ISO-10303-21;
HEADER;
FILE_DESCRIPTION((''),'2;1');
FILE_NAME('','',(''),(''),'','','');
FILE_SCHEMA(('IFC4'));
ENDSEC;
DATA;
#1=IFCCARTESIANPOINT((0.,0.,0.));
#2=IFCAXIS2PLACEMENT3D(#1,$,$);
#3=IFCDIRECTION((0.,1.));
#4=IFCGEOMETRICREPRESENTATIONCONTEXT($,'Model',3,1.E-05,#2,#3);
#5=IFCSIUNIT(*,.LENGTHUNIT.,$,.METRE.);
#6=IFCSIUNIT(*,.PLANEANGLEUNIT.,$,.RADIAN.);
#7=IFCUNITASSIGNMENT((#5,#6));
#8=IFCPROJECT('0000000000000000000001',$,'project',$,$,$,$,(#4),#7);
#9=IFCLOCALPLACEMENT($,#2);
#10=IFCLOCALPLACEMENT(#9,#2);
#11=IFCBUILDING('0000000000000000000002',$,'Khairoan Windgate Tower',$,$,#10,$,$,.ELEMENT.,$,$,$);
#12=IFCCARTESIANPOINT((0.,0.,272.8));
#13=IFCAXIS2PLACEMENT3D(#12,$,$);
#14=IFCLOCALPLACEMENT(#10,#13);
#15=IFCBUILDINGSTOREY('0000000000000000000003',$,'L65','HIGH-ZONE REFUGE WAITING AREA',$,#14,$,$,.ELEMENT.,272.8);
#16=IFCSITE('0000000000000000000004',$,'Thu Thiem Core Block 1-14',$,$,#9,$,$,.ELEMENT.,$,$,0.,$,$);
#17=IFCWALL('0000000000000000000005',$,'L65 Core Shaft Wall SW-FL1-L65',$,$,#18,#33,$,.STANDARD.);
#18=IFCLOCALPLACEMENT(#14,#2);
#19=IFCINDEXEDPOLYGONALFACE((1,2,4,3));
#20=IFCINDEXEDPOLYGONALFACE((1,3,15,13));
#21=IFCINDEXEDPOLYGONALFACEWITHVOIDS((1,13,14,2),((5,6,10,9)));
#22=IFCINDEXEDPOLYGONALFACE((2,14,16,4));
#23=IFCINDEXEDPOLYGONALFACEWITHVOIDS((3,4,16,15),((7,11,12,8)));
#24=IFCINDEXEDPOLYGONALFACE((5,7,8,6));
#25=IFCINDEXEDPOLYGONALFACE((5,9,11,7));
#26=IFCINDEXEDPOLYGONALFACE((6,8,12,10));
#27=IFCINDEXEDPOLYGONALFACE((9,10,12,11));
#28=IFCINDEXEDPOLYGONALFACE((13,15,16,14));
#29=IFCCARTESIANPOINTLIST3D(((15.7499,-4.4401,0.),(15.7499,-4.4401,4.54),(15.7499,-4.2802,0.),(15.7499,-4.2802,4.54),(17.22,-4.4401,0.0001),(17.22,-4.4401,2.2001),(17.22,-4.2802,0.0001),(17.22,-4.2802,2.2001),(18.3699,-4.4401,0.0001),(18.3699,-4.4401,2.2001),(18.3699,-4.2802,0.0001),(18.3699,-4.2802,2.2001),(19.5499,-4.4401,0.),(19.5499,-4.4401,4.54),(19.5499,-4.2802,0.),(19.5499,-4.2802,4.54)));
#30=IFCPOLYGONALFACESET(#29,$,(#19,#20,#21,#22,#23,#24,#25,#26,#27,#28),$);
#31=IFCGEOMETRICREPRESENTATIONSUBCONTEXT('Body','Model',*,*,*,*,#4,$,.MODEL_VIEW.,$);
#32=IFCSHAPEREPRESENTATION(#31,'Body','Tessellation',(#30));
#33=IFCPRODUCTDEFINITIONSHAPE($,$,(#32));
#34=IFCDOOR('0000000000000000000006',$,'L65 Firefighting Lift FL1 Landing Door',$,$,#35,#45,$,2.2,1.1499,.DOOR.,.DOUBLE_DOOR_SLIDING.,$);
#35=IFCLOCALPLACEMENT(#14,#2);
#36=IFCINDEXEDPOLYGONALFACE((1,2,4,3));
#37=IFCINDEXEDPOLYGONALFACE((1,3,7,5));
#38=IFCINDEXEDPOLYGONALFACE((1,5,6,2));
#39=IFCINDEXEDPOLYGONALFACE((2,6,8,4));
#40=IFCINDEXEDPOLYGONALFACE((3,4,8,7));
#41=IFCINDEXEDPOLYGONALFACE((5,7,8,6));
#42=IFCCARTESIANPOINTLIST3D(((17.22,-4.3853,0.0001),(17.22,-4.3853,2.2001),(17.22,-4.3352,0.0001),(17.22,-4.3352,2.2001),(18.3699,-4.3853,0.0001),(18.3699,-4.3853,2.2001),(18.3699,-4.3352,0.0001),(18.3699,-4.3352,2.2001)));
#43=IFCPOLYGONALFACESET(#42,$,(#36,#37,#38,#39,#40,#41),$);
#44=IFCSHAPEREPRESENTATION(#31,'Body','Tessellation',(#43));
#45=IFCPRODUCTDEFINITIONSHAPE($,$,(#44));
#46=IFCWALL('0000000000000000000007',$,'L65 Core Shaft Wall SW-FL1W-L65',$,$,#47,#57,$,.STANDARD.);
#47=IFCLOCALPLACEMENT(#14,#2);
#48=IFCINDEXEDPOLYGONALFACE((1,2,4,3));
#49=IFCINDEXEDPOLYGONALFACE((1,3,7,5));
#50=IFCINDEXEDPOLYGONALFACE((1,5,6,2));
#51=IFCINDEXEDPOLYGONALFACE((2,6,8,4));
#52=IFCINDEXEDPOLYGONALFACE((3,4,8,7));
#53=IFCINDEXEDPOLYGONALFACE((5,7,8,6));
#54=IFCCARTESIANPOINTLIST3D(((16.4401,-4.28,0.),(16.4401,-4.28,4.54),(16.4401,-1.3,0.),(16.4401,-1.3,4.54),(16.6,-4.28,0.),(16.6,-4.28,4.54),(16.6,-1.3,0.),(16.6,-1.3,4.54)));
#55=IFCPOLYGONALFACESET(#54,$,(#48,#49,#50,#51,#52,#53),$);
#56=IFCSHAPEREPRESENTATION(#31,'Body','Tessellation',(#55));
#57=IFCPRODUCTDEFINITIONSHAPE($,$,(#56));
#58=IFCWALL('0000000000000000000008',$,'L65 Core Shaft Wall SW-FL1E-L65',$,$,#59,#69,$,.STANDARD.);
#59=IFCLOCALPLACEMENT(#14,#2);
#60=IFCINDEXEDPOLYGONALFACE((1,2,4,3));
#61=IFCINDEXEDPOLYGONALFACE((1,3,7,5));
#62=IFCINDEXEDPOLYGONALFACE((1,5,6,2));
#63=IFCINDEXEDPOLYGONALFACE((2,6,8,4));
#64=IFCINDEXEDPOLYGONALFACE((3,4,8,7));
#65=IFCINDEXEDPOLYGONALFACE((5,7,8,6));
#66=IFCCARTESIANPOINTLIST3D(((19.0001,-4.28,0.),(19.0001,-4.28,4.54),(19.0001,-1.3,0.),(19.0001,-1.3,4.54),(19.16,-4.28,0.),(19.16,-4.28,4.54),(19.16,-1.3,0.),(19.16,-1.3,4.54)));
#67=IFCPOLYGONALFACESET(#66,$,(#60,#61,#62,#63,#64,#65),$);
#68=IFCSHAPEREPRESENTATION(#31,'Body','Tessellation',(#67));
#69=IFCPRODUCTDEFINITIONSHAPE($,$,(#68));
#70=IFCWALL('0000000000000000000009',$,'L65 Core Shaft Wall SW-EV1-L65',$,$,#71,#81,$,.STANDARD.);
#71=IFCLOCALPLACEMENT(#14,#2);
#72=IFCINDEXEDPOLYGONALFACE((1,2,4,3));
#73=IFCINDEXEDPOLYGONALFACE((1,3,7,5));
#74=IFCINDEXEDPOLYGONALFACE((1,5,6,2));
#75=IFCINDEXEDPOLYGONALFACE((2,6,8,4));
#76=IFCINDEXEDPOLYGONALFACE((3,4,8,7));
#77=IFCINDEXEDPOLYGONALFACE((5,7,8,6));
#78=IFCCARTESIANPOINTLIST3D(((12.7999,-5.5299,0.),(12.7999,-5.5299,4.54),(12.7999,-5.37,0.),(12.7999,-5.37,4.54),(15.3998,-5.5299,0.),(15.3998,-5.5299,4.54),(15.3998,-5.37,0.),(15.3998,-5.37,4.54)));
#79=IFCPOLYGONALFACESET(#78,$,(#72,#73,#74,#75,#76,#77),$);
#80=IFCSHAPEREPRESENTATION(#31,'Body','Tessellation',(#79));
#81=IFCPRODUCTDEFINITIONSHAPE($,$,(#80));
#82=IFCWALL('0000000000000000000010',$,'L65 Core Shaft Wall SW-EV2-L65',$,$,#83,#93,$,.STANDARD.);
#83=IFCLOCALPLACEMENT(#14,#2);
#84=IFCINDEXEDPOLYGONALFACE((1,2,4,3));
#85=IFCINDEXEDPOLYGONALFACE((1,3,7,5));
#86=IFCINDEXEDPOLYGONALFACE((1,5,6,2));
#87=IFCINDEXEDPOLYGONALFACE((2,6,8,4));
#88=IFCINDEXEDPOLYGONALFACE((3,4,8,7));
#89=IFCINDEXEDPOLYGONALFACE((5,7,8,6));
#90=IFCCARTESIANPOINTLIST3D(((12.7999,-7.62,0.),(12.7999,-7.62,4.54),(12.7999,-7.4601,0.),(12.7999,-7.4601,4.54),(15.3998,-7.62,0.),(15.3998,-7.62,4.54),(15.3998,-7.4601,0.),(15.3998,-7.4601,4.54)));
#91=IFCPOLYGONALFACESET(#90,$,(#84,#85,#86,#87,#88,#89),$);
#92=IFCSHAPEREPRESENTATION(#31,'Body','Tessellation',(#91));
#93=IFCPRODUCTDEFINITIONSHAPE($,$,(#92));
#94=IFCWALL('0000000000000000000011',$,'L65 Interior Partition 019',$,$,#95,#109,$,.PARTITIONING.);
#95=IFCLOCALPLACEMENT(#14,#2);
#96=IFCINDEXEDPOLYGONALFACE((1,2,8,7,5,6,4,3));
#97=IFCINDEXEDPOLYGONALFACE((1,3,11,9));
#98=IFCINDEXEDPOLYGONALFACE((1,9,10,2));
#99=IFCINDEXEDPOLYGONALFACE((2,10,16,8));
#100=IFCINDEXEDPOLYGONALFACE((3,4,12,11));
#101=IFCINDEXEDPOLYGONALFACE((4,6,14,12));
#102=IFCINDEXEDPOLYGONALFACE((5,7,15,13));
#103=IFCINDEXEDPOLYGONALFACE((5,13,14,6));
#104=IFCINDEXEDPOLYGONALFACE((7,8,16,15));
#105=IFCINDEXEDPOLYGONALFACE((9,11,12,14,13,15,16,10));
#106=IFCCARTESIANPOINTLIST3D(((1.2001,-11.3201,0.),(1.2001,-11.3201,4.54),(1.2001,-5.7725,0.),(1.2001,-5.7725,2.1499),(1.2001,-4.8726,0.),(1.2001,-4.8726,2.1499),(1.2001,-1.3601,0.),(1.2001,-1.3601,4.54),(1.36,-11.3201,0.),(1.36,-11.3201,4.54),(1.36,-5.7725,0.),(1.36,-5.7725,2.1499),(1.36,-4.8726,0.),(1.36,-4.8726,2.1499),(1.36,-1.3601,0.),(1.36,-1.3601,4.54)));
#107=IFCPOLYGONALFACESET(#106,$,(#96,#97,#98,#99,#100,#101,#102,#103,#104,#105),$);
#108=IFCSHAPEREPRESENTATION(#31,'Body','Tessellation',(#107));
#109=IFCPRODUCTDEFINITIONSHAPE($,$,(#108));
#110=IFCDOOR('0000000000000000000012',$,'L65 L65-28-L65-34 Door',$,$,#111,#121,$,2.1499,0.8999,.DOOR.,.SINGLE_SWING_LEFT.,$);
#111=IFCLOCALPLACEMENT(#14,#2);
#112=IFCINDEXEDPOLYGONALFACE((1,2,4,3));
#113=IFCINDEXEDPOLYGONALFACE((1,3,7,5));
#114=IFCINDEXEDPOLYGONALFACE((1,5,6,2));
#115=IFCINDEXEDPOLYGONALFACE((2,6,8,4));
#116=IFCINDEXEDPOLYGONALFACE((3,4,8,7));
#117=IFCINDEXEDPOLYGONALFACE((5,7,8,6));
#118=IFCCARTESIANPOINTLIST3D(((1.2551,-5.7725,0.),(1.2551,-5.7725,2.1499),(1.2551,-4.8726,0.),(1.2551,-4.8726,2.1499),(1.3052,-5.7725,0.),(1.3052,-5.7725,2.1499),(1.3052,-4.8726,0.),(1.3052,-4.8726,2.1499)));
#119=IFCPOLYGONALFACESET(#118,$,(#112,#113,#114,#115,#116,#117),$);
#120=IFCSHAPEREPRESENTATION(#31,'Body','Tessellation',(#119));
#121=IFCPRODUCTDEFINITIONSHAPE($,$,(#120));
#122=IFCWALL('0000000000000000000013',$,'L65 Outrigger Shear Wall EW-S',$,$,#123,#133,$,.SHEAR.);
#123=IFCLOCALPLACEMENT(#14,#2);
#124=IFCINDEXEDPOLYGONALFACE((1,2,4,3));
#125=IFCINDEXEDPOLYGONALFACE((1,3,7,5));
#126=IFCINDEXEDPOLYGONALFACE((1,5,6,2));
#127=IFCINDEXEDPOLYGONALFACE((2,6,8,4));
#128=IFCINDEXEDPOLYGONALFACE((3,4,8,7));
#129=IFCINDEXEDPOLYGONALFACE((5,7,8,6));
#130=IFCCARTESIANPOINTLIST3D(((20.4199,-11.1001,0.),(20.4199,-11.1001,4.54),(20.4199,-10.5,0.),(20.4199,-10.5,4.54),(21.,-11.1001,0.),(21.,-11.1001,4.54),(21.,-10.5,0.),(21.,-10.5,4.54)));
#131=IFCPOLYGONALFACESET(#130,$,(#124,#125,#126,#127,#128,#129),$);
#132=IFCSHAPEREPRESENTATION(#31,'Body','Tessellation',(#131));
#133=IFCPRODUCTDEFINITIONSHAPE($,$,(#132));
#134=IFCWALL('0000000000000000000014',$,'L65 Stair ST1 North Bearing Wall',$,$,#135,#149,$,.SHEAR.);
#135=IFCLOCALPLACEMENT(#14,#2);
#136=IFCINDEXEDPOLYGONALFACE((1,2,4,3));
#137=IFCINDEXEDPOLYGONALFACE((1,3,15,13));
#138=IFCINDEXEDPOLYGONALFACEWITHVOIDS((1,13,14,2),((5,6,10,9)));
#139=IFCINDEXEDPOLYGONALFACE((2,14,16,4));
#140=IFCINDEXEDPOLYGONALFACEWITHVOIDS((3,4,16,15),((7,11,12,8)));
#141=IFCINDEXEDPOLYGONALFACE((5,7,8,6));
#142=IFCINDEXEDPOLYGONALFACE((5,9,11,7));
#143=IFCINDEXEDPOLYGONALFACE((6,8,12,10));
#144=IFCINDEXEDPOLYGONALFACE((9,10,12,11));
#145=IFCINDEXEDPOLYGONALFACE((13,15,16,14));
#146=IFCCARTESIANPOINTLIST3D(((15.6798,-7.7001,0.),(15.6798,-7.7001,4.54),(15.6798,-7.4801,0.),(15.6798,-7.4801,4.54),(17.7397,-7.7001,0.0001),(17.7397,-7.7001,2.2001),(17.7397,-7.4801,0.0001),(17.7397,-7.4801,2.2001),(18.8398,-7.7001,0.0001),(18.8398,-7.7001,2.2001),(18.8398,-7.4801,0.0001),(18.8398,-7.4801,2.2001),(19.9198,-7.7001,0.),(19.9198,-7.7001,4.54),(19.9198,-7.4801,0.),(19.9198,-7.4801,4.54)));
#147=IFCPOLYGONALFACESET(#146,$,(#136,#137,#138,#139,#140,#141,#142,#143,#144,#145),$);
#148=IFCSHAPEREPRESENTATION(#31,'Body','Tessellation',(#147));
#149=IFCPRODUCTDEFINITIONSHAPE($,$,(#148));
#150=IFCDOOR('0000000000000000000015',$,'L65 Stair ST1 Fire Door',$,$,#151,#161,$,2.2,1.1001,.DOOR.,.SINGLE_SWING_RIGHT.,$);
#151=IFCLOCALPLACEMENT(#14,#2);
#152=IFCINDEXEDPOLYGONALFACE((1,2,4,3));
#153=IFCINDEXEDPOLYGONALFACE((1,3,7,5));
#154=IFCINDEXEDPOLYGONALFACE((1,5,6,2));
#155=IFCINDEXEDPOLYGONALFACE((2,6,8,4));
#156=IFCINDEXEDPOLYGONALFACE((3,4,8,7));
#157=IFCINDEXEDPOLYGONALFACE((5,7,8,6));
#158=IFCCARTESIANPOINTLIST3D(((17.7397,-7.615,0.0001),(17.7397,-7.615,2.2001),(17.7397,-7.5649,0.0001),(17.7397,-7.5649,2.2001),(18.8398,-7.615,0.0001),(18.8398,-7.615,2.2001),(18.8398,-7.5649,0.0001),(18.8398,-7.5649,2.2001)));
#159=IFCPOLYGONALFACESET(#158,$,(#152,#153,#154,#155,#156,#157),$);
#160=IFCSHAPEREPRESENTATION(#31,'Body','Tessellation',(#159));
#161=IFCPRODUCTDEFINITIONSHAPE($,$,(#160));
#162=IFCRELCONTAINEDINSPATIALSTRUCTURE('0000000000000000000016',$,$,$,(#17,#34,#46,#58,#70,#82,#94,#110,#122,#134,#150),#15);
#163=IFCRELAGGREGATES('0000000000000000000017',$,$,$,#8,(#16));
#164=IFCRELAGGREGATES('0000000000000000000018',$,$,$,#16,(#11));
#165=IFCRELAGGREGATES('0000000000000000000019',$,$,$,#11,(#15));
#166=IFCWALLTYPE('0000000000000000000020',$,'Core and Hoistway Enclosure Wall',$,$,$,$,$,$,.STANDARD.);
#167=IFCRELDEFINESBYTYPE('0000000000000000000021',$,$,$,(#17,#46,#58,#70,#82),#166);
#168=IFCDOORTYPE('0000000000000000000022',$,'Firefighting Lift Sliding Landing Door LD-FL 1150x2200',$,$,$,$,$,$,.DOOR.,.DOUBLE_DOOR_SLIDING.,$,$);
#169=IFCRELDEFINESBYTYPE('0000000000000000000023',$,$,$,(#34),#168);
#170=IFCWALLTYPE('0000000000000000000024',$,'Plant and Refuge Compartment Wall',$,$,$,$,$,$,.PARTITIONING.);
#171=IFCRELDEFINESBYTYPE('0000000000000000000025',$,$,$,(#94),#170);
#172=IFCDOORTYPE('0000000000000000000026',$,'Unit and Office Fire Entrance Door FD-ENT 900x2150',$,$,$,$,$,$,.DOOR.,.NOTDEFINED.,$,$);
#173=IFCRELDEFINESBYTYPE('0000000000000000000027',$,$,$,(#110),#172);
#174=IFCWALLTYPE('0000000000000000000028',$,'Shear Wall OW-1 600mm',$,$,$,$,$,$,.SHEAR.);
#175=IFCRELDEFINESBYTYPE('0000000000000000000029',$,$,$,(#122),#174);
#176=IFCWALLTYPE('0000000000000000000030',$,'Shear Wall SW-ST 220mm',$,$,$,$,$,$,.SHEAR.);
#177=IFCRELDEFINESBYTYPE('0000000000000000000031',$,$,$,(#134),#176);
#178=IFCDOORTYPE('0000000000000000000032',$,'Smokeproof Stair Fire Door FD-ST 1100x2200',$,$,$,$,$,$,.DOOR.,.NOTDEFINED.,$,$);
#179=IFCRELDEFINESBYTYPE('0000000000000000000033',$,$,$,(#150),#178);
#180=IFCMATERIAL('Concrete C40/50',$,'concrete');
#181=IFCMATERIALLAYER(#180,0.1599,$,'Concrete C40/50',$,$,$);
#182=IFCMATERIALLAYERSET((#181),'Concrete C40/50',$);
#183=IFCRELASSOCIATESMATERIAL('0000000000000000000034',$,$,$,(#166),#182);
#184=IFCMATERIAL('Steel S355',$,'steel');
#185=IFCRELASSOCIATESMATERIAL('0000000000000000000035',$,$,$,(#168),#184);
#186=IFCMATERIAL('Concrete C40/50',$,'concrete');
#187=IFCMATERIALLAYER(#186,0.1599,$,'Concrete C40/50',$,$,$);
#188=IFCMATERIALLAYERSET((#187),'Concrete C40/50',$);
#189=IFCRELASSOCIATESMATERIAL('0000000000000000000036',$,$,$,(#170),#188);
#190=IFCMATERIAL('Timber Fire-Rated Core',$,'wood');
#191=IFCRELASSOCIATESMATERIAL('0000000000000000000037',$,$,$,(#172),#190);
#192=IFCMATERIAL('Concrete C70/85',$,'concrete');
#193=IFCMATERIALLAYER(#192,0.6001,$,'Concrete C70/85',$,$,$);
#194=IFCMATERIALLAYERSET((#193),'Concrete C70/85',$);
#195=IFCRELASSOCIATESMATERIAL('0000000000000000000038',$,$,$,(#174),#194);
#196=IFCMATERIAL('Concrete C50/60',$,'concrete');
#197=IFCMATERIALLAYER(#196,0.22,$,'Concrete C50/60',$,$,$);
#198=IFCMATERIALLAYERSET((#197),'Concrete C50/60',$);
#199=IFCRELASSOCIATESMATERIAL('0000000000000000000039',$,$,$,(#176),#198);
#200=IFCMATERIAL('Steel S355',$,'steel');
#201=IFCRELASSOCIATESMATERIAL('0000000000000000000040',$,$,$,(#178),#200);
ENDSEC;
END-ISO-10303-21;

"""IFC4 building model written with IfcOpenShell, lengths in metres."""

from ifc_helpers import new_model, si_unit, direction, frame, frame_2d, origin, place, context, subcontext, project, spatial, rectangle, extrude, material, layer, layer_set, type_object, element, fill, save


model = new_model("IFC4")

# Units and contexts
model_context = context("Model", 3, precision=1e-05, world=origin(), true_north=direction((0.0, 1.0)))
body_context = subcontext(model_context, "Body", "Model", "MODEL_VIEW")
ifc_project = project(units=[si_unit("LENGTHUNIT", "METRE"), si_unit("PLANEANGLEUNIT", "RADIAN")], contexts=[model_context])

# Site, building, storey
site_placement = place(None, origin())
site = spatial("IfcSite", under=ifc_project, at=site_placement, Name="Thu Thiem Core Block 1-14", CompositionType="ELEMENT", RefElevation=0.0)
building_placement = place(site_placement, origin())
building = spatial("IfcBuilding", under=site, at=building_placement, Name="Khairoan Windgate Tower", CompositionType="ELEMENT")
storey_placement = place(building_placement, frame((0.0, 0.0, 272.8)))
storey = spatial("IfcBuildingStorey", under=building, at=storey_placement, Name="L65", Description="HIGH-ZONE REFUGE WAITING AREA", CompositionType="ELEMENT", Elevation=272.8)

# Shared definitions
ifc_material_1 = material(Name="Concrete C40/50", Category="concrete")
ifc_layer_1 = layer(ifc_material_1, 0.1599, Name="Concrete C40/50")
ifc_layer_set_1 = layer_set([ifc_layer_1], Name="Concrete C40/50")
wall_type_1 = type_object("IfcWallType", Name="Core and Hoistway Enclosure Wall", PredefinedType="STANDARD", material=ifc_layer_set_1)

# Wall, opening, door
wall_1_placement = place(storey_placement, frame((15.75, -4.3601, 0.0), z_axis=(0.0, 0.0, 1.0), x_axis=(1.0, 0.0, 0.0)))
wall_1 = element("IfcWall", 1, at=wall_1_placement, inside=storey, type_object=wall_type_1, Name="L65 Core Shaft Wall SW-FL1-L65", PredefinedType="STANDARD", context=body_context, shape_type="SweptSolid", body=[
    extrude(rectangle(XDim=3.8, YDim=0.1599, at=frame_2d((1.8999, 0.0))), origin(), (0.0, 0.0, 1.0), 4.54),
])
opening_1_placement = place(wall_1_placement, frame((1.47, 0.0, 0.0)))
opening_1 = element("IfcOpeningElement", 2, at=opening_1_placement, cuts=wall_1, PredefinedType="OPENING", context=body_context, shape_type="SweptSolid", body=[
    extrude(rectangle(XDim=1.1499, YDim=2.2, at=frame_2d((0.575, 1.1001))), frame((0.0, 0.0898, 0.0), z_axis=(0.0, -1.0, 0.0), x_axis=(1.0, 0.0, 0.0)), (0.0, 0.0, 1.0), 0.1799),
])
ifc_material_2 = material(Name="Steel S355", Category="steel")
door_type_1 = type_object("IfcDoorType", Name="Firefighting Lift Sliding Landing Door LD-FL 1150x2200", OperationType="DOUBLE_DOOR_SLIDING", PredefinedType="DOOR", material=ifc_material_2)
door_1_placement = place(opening_1_placement, origin())
door_1 = element("IfcDoor", 3, at=door_1_placement, inside=storey, type_object=door_type_1, Name="L65 Firefighting Lift FL1 Landing Door", OperationType="DOUBLE_DOOR_SLIDING", OverallHeight=2.2, OverallWidth=1.1499, PredefinedType="DOOR", context=body_context, shape_type="SweptSolid", body=[
    extrude(rectangle(XDim=1.1499, YDim=2.2, at=frame_2d((0.575, 1.1001))), frame((0.0, 0.0249, 0.0), z_axis=(0.0, -1.0, 0.0), x_axis=(1.0, 0.0, 0.0)), (0.0, 0.0, 1.0), 0.05),
])
fill(opening_1, door_1)

# Walls
for number, where, z_axis, x_axis, name in (
    (4, (16.52, -4.28, 0.0), (0.0, 0.0, 1.0), (0.0, 1.0, 0.0), "L65 Core Shaft Wall SW-FL1W-L65"),
    (5, (19.0801, -4.28, 0.0), (0.0, 0.0, 1.0), (0.0, 1.0, 0.0), "L65 Core Shaft Wall SW-FL1E-L65"),
):
    element("IfcWall", number, at=place(storey_placement, frame(where, z_axis=z_axis, x_axis=x_axis)), inside=storey, type_object=wall_type_1, Name=name, PredefinedType="STANDARD", context=body_context, shape_type="SweptSolid", body=[
        extrude(rectangle(XDim=2.98, YDim=0.1599, at=frame_2d((1.49, 0.0))), origin(), (0.0, 0.0, 1.0), 4.54),
    ])
for number, where, z_axis, x_axis, name in (
    (6, (12.8, -5.45, 0.0), (0.0, 0.0, 1.0), (1.0, 0.0, 0.0), "L65 Core Shaft Wall SW-EV1-L65"),
    (7, (12.8, -7.54, 0.0), (0.0, 0.0, 1.0), (1.0, 0.0, 0.0), "L65 Core Shaft Wall SW-EV2-L65"),
):
    element("IfcWall", number, at=place(storey_placement, frame(where, z_axis=z_axis, x_axis=x_axis)), inside=storey, type_object=wall_type_1, Name=name, PredefinedType="STANDARD", context=body_context, shape_type="SweptSolid", body=[
        extrude(rectangle(XDim=2.5999, YDim=0.1599, at=frame_2d((1.2998, 0.0))), origin(), (0.0, 0.0, 1.0), 4.54),
    ])

# Wall, opening, door
ifc_material_3 = material(Name="Concrete C40/50", Category="concrete")
ifc_layer_2 = layer(ifc_material_3, 0.1599, Name="Concrete C40/50")
ifc_layer_set_2 = layer_set([ifc_layer_2], Name="Concrete C40/50")
wall_type_2 = type_object("IfcWallType", Name="Plant and Refuge Compartment Wall", PredefinedType="PARTITIONING", material=ifc_layer_set_2)
wall_2_placement = place(storey_placement, frame((1.28, -11.3201, 0.0), z_axis=(0.0, 0.0, 1.0), x_axis=(0.0, 1.0, 0.0)))
wall_2 = element("IfcWall", 8, at=wall_2_placement, inside=storey, type_object=wall_type_2, Name="L65 Interior Partition 019", PredefinedType="PARTITIONING", context=body_context, shape_type="SweptSolid", body=[
    extrude(rectangle(XDim=9.96, YDim=0.1599, at=frame_2d((4.98, 0.0))), origin(), (0.0, 0.0, 1.0), 4.54),
])
opening_2_placement = place(wall_2_placement, frame((5.5476, 0.0, 0.0)))
opening_2 = element("IfcOpeningElement", 9, at=opening_2_placement, cuts=wall_2, PredefinedType="OPENING", context=body_context, shape_type="SweptSolid", body=[
    extrude(rectangle(XDim=0.8999, YDim=2.1499, at=frame_2d((0.45, 1.075))), frame((0.0, 0.0898, 0.0), z_axis=(0.0, -1.0, 0.0), x_axis=(1.0, 0.0, 0.0)), (0.0, 0.0, 1.0), 0.1799),
])
ifc_material_4 = material(Name="Timber Fire-Rated Core", Category="wood")
door_type_2 = type_object("IfcDoorType", Name="Unit and Office Fire Entrance Door FD-ENT 900x2150", OperationType="NOTDEFINED", PredefinedType="DOOR", material=ifc_material_4)
door_2_placement = place(opening_2_placement, origin())
door_2 = element("IfcDoor", 10, at=door_2_placement, inside=storey, type_object=door_type_2, Name="L65 L65-28-L65-34 Door", OperationType="SINGLE_SWING_LEFT", OverallHeight=2.1499, OverallWidth=0.8999, PredefinedType="DOOR", context=body_context, shape_type="SweptSolid", body=[
    extrude(rectangle(XDim=0.8999, YDim=2.1499, at=frame_2d((0.45, 1.075))), frame((0.0, 0.0249, 0.0), z_axis=(0.0, -1.0, 0.0), x_axis=(1.0, 0.0, 0.0)), (0.0, 0.0, 1.0), 0.05),
])
fill(opening_2, door_2)

# Wall
ifc_material_5 = material(Name="Concrete C70/85", Category="concrete")
ifc_layer_3 = layer(ifc_material_5, 0.6001, Name="Concrete C70/85")
ifc_layer_set_3 = layer_set([ifc_layer_3], Name="Concrete C70/85")
wall_type_3 = type_object("IfcWallType", Name="Shear Wall OW-1 600mm", PredefinedType="SHEAR", material=ifc_layer_set_3)
wall_3_placement = place(storey_placement, frame((20.4199, -10.8, 0.0), z_axis=(0.0, 0.0, 1.0), x_axis=(1.0, 0.0, 0.0)))
element("IfcWall", 11, at=wall_3_placement, inside=storey, type_object=wall_type_3, Name="L65 Outrigger Shear Wall EW-S", PredefinedType="SHEAR", context=body_context, shape_type="SweptSolid", body=[
    extrude(rectangle(XDim=0.5801, YDim=0.6001, at=frame_2d((0.29, 0.0))), origin(), (0.0, 0.0, 1.0), 4.54),
])

# Wall, opening, door
ifc_material_6 = material(Name="Concrete C50/60", Category="concrete")
ifc_layer_4 = layer(ifc_material_6, 0.22, Name="Concrete C50/60")
ifc_layer_set_4 = layer_set([ifc_layer_4], Name="Concrete C50/60")
wall_type_4 = type_object("IfcWallType", Name="Shear Wall SW-ST 220mm", PredefinedType="SHEAR", material=ifc_layer_set_4)
wall_4_placement = place(storey_placement, frame((19.9199, -7.5901, 0.0), z_axis=(0.0, 0.0, 1.0), x_axis=(-1.0, 0.0, 0.0)))
wall_4 = element("IfcWall", 12, at=wall_4_placement, inside=storey, type_object=wall_type_4, Name="L65 Stair ST1 North Bearing Wall", PredefinedType="SHEAR", context=body_context, shape_type="SweptSolid", body=[
    extrude(rectangle(XDim=4.24, YDim=0.22, at=frame_2d((2.1201, 0.0))), origin(), (0.0, 0.0, 1.0), 4.54),
])
opening_3_placement = place(wall_4_placement, frame((1.0801, 0.0, 0.0)))
opening_3 = element("IfcOpeningElement", 13, at=opening_3_placement, cuts=wall_4, PredefinedType="OPENING", context=body_context, shape_type="SweptSolid", body=[
    extrude(rectangle(XDim=1.1001, YDim=2.2, at=frame_2d((0.55, 1.1001))), frame((0.0, 0.1199, 0.0), z_axis=(0.0, -1.0, 0.0), x_axis=(1.0, 0.0, 0.0)), (0.0, 0.0, 1.0), 0.24),
])
ifc_material_7 = material(Name="Steel S355", Category="steel")
door_type_3 = type_object("IfcDoorType", Name="Smokeproof Stair Fire Door FD-ST 1100x2200", OperationType="NOTDEFINED", PredefinedType="DOOR", material=ifc_material_7)
door_3_placement = place(opening_3_placement, origin())
door_3 = element("IfcDoor", 14, at=door_3_placement, inside=storey, type_object=door_type_3, Name="L65 Stair ST1 Fire Door", OperationType="SINGLE_SWING_RIGHT", OverallHeight=2.2, OverallWidth=1.1001, PredefinedType="DOOR", context=body_context, shape_type="SweptSolid", body=[
    extrude(rectangle(XDim=1.1001, YDim=2.2, at=frame_2d((0.55, 1.1001))), frame((0.0, 0.0249, 0.0), z_axis=(0.0, -1.0, 0.0), x_axis=(1.0, 0.0, 0.0)), (0.0, 0.0, 1.0), 0.05),
])
fill(opening_3, door_3)

save(model, "model.ifc")
